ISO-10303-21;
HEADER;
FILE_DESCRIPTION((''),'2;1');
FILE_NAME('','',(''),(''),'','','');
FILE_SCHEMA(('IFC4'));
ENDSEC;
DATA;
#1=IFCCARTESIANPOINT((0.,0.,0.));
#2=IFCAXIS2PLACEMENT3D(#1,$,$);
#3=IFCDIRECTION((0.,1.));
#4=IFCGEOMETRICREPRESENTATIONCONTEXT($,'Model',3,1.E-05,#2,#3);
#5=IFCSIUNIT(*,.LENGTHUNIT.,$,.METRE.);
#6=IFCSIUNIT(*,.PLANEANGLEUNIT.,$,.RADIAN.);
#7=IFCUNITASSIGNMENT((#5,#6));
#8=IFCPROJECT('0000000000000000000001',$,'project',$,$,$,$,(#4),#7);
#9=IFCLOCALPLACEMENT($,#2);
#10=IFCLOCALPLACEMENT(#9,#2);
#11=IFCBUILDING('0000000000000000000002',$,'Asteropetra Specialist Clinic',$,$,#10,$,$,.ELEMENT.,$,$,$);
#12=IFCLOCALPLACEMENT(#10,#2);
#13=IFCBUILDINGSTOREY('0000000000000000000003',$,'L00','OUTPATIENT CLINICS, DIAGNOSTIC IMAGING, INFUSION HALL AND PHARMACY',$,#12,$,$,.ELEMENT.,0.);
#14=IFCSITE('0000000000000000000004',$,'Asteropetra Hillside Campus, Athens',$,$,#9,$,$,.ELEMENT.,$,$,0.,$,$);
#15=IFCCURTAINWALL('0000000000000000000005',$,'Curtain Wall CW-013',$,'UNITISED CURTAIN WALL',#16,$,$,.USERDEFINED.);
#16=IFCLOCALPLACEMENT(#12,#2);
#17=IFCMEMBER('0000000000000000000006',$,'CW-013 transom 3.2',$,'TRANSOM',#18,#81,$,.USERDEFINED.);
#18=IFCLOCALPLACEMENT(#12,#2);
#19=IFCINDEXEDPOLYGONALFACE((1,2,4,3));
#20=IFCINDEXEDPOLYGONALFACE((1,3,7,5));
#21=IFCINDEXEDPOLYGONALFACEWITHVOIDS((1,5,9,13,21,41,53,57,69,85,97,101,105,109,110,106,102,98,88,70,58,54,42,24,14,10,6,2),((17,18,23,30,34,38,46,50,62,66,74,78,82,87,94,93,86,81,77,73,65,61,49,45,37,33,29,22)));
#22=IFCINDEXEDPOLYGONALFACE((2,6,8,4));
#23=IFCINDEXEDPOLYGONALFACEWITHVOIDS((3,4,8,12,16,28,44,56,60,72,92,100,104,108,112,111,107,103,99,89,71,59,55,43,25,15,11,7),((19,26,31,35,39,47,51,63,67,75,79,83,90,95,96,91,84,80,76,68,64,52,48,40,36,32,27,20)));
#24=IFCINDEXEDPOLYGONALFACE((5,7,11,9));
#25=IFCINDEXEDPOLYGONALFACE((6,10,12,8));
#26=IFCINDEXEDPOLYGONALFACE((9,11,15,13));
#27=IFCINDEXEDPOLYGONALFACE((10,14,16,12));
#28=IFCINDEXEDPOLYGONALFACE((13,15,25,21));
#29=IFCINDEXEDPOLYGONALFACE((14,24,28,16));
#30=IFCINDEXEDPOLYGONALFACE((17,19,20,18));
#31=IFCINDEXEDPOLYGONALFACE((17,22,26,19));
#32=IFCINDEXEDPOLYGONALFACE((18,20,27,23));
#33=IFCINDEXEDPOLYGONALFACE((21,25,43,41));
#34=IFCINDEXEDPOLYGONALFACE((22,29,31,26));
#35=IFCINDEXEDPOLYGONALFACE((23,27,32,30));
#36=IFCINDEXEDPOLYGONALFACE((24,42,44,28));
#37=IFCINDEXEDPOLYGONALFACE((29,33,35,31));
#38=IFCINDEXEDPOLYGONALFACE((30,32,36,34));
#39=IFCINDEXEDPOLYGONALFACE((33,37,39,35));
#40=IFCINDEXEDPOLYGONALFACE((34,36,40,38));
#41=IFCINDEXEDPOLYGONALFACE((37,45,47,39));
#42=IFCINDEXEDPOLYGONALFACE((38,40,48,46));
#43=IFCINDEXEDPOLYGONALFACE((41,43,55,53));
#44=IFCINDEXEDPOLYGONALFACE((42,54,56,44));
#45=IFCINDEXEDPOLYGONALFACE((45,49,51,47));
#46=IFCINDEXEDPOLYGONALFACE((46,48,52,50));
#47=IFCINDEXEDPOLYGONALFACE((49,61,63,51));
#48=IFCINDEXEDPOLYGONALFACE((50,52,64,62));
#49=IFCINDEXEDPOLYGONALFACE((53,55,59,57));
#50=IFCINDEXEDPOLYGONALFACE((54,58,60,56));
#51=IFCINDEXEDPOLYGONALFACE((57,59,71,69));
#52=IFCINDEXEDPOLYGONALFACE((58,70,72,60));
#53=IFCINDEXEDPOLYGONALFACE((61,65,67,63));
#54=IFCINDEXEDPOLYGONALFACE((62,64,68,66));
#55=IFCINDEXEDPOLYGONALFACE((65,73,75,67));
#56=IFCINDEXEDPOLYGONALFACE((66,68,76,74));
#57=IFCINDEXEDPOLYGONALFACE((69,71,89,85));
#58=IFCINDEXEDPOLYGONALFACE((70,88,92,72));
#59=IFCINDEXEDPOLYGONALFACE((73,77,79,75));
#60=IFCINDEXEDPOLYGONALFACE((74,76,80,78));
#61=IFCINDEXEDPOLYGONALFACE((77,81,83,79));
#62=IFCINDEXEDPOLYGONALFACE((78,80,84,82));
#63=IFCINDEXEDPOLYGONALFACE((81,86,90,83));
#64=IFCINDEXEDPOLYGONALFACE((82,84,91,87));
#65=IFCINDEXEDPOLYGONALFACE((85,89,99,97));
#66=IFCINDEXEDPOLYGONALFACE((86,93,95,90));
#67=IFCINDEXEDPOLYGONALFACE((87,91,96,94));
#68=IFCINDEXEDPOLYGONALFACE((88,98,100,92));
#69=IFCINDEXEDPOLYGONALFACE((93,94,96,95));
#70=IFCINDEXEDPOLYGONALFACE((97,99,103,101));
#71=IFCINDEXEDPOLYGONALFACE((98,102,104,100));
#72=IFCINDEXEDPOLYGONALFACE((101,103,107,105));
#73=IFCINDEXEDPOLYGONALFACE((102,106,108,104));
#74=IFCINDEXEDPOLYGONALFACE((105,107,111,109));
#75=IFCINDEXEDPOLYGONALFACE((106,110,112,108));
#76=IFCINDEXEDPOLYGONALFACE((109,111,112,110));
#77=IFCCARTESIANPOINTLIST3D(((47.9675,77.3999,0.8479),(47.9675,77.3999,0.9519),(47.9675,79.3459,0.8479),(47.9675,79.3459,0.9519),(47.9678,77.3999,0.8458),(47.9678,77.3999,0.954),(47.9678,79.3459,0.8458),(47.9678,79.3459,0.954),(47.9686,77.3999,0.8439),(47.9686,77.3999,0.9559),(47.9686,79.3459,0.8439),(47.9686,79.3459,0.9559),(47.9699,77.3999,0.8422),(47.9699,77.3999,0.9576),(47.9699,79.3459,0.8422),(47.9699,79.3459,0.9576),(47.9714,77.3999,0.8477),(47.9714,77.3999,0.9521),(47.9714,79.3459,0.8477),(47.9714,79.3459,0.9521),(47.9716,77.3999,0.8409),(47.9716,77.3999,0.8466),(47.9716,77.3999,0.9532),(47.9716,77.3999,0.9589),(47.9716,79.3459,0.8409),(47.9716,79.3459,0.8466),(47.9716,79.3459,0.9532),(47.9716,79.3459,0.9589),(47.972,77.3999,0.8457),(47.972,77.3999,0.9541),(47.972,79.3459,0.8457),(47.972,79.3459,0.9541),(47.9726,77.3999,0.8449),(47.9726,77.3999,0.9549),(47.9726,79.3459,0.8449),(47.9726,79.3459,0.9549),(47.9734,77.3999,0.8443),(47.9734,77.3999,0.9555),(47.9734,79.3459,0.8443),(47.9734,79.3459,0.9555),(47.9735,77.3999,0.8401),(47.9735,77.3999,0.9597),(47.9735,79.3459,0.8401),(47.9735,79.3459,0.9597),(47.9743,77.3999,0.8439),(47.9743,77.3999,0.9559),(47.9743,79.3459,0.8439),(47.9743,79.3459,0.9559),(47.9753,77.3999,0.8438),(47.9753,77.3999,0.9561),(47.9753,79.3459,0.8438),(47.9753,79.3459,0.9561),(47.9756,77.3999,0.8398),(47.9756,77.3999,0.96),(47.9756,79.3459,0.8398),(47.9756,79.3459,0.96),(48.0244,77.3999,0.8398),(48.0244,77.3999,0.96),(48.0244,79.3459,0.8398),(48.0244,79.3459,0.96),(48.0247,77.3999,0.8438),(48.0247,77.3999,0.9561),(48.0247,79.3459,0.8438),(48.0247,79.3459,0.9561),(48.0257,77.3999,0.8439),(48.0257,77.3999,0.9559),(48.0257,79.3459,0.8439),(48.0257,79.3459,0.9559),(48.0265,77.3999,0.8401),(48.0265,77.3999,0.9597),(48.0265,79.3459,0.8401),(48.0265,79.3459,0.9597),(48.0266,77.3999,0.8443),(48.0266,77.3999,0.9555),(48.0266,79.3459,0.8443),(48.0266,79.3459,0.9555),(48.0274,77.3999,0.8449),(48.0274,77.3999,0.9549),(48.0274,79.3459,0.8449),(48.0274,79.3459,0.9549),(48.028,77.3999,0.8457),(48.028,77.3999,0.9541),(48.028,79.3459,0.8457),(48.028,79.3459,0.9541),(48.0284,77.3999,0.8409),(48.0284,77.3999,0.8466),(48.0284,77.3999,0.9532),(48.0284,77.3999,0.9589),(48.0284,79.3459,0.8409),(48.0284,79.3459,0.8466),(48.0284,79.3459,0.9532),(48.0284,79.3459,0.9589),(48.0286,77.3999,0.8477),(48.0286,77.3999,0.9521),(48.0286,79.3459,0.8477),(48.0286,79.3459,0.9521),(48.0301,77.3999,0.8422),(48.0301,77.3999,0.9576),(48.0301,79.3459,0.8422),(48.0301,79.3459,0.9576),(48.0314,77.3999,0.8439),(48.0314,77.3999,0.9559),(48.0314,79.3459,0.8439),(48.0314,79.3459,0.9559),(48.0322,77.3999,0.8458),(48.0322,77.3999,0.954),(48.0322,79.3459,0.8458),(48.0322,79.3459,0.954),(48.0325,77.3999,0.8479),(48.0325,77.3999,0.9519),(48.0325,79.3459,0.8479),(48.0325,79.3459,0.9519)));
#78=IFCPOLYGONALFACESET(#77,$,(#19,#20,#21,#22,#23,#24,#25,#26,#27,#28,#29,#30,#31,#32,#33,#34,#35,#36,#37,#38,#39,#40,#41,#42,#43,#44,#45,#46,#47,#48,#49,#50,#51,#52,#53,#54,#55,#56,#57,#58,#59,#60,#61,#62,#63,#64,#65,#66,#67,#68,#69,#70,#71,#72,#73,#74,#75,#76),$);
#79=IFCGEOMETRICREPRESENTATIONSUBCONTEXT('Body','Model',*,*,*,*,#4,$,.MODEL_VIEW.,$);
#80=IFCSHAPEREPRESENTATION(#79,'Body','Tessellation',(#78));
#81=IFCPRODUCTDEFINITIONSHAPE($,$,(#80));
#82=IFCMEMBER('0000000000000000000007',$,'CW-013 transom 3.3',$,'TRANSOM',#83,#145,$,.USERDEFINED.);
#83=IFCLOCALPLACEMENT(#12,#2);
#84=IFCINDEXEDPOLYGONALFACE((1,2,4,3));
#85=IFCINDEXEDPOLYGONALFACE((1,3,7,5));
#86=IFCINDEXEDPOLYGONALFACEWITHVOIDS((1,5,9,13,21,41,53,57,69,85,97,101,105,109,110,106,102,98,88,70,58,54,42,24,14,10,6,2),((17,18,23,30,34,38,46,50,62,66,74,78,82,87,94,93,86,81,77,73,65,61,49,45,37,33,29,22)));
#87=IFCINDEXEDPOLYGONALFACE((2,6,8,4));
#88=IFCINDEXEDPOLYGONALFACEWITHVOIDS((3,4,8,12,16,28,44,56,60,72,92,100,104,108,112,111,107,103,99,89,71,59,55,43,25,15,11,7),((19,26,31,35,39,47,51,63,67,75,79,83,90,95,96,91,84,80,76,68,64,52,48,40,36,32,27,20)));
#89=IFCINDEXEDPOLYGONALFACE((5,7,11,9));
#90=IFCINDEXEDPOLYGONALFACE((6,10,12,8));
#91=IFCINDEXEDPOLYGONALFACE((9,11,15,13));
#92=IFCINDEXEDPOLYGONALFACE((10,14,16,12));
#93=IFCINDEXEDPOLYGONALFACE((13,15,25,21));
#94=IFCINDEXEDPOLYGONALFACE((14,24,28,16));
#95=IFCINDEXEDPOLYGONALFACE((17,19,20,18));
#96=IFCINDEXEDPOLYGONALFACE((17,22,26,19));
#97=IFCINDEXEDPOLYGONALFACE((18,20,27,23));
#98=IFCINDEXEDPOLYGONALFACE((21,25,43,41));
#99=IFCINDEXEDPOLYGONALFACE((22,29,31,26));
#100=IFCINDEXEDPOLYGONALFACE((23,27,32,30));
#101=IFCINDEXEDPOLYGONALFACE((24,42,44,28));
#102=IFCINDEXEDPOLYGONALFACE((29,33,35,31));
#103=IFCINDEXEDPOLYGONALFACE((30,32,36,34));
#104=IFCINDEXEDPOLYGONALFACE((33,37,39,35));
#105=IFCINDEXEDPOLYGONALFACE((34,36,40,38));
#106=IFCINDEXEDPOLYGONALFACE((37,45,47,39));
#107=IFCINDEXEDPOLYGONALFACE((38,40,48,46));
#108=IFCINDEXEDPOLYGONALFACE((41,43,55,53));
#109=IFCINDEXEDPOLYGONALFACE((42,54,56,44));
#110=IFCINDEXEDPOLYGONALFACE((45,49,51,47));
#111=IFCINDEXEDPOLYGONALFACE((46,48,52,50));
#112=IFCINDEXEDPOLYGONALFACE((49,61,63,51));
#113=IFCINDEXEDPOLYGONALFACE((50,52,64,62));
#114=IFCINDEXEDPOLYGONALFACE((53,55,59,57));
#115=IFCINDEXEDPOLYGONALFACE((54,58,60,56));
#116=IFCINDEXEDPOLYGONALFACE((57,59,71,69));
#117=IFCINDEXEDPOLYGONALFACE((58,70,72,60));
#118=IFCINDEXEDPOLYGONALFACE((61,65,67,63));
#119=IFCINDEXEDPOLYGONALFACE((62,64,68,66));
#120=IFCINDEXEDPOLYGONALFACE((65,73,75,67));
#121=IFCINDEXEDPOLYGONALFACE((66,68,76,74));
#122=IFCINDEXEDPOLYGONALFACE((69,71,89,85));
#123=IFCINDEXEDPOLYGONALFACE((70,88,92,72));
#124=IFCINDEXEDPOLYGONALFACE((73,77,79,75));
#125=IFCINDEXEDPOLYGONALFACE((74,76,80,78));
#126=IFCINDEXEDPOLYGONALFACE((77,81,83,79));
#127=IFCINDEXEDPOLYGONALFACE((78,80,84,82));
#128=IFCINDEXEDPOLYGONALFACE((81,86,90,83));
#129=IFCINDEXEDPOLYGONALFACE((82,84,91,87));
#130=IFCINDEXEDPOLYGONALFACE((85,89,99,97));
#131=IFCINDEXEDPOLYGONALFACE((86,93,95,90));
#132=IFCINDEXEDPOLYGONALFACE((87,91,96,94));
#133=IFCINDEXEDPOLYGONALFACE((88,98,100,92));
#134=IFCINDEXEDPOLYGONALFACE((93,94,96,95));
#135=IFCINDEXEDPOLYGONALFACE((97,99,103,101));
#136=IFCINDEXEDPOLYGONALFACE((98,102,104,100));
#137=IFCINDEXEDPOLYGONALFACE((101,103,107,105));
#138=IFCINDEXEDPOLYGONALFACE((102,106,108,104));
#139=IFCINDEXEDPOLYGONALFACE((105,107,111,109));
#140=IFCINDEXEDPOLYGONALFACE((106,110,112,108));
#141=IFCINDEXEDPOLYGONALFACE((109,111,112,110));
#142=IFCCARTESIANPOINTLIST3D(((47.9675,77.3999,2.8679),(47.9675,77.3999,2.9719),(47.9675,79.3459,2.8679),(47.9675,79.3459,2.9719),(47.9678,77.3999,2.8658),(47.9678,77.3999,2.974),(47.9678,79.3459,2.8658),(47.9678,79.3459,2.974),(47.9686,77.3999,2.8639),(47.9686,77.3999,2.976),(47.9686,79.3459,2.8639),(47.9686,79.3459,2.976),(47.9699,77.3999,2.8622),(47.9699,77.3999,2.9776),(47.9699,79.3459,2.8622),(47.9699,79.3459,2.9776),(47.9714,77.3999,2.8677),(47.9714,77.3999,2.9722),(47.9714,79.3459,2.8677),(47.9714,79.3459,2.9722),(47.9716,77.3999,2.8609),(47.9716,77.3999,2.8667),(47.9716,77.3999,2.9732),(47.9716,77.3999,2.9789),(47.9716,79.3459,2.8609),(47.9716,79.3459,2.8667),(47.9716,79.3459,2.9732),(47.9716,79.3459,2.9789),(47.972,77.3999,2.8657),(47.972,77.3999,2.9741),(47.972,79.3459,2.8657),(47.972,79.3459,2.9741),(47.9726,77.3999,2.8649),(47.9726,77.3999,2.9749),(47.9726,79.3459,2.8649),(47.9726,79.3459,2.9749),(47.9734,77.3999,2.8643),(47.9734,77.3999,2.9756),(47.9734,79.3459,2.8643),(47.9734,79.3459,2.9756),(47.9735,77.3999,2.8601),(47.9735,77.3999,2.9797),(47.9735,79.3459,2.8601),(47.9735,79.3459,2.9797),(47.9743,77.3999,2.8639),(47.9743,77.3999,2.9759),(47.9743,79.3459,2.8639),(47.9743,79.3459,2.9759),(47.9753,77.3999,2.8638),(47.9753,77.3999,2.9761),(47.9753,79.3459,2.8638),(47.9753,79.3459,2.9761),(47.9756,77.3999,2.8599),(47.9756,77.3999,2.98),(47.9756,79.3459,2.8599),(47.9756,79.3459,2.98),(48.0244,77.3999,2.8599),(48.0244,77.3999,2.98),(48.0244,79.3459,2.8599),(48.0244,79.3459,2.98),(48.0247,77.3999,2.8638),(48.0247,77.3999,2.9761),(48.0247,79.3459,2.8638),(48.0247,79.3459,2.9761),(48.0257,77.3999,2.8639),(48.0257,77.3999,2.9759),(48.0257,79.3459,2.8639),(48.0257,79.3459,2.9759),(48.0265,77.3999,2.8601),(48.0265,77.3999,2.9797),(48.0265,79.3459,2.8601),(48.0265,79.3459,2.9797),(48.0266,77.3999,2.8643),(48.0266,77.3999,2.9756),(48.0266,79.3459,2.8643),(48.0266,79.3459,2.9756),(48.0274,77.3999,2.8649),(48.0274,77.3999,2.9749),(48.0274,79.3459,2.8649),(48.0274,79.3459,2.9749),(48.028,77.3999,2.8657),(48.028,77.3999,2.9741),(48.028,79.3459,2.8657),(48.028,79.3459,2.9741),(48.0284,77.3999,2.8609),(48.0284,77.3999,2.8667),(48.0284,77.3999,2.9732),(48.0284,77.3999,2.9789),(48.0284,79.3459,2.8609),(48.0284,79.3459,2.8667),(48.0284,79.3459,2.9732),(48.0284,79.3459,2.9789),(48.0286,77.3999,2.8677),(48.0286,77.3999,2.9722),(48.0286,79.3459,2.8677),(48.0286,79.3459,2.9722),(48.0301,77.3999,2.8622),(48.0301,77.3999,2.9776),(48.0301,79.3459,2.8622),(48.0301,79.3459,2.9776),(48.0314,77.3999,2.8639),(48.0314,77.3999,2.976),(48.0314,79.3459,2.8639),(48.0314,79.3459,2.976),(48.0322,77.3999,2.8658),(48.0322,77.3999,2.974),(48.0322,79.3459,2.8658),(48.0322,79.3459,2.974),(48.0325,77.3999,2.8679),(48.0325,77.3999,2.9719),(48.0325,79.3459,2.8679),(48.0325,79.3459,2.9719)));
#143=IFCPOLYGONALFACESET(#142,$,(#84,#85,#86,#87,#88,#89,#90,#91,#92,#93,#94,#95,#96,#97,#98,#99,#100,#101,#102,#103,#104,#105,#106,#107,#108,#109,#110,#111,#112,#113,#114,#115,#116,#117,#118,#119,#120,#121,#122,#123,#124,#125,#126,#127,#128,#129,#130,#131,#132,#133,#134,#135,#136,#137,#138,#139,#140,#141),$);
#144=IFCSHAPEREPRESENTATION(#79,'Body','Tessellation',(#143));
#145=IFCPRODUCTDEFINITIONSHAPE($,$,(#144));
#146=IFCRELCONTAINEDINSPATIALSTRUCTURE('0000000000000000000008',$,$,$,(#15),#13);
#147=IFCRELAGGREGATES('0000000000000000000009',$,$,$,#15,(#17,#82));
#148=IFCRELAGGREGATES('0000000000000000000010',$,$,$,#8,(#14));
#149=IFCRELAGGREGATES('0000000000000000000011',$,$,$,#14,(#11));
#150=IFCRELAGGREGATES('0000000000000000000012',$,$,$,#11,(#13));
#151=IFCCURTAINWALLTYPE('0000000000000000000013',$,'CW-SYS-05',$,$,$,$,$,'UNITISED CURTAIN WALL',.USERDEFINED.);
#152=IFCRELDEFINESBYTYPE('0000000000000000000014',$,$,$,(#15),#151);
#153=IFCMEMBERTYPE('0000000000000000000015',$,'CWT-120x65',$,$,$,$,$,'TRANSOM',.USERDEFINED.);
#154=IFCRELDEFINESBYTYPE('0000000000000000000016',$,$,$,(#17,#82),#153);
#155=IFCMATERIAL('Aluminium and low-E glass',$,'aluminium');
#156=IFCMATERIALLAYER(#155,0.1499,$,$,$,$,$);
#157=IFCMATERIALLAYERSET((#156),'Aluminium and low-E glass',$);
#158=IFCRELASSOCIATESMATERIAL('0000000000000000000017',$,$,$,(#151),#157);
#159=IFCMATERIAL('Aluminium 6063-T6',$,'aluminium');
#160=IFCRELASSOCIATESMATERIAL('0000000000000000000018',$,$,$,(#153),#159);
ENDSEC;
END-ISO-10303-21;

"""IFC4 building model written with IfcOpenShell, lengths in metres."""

from ifc_helpers import new_model, si_unit, direction, frame, origin, origin_2d, place, context, subcontext, project, spatial, hollow_rectangle, extrude, material, layer, layer_set, material_profile, profile_set, type_object, element, aggregate, save


model = new_model("IFC4")

# Units and contexts
model_context = context("Model", 3, precision=1e-05, world=origin(), true_north=direction((0.0, 1.0)))
body_context = subcontext(model_context, "Body", "Model", "MODEL_VIEW")
ifc_project = project(units=[si_unit("LENGTHUNIT", "METRE"), si_unit("PLANEANGLEUNIT", "RADIAN")], contexts=[model_context])

# Site, building, storey
site_placement = place(None, origin())
site = spatial("IfcSite", under=ifc_project, at=site_placement, Name="Asteropetra Hillside Campus, Athens", CompositionType="ELEMENT", RefElevation=0.0)
building_placement = place(site_placement, origin())
building = spatial("IfcBuilding", under=site, at=building_placement, Name="Asteropetra Specialist Clinic", CompositionType="ELEMENT")
storey_placement = place(building_placement, origin())
storey = spatial("IfcBuildingStorey", under=building, at=storey_placement, Name="L00", Description="OUTPATIENT CLINICS, DIAGNOSTIC IMAGING, INFUSION HALL AND PHARMACY", CompositionType="ELEMENT", Elevation=0.0)

# Curtain wall, members
ifc_material_1 = material(Name="Aluminium and low-E glass", Category="aluminium")
ifc_layer_1 = layer(ifc_material_1, 0.1499)
ifc_layer_set_1 = layer_set([ifc_layer_1], Name="Aluminium and low-E glass")
curtain_wall_type = type_object("IfcCurtainWallType", Name="CW-SYS-05", ElementType="UNITISED CURTAIN WALL", PredefinedType="USERDEFINED", material=ifc_layer_set_1)
curtain_wall_placement = place(storey_placement, origin())
curtain_wall = element("IfcCurtainWall", 1, at=curtain_wall_placement, inside=storey, type_object=curtain_wall_type, Name="Curtain Wall CW-013", ObjectType="UNITISED CURTAIN WALL", PredefinedType="USERDEFINED")
ifc_material_2 = material(Name="Aluminium 6063-T6", Category="aluminium")
ifc_material_profile_1 = material_profile(ifc_material_2, hollow_rectangle(XDim=0.0649, YDim=0.1201, WallThickness=0.0039, InnerFilletRadius=0.0039, OuterFilletRadius=0.0081, at=origin_2d()), Name="TRN 120x65x4.0")
ifc_profile_set_1 = profile_set([ifc_material_profile_1], Name="Aluminium 6063-T6")
member_type_1 = type_object("IfcMemberType", Name="CWT-120x65", ElementType="TRANSOM", PredefinedType="USERDEFINED", material=ifc_profile_set_1)
member_1_placement = place(storey_placement, frame((48.0, 79.3459, 0.8999), z_axis=(0.0, -1.0, 0.0), x_axis=(1.0, 0.0, 0.0)))
member_1 = element("IfcMember", 2, at=member_1_placement, type_object=member_type_1, Name="CW-013 transom 3.2", ObjectType="TRANSOM", PredefinedType="USERDEFINED", context=body_context, shape_type="SweptSolid", body=[
    extrude(hollow_rectangle(XDim=0.0649, YDim=0.1201, WallThickness=0.0039, InnerFilletRadius=0.0039, OuterFilletRadius=0.0081, at=origin_2d()), origin(), (0.0, 0.0, 1.0), 1.946),
])
member_2_placement = place(storey_placement, frame((48.0, 79.3459, 2.9199), z_axis=(0.0, -1.0, 0.0), x_axis=(1.0, 0.0, 0.0)))
member_2 = element("IfcMember", 3, at=member_2_placement, type_object=member_type_1, Name="CW-013 transom 3.3", ObjectType="TRANSOM", PredefinedType="USERDEFINED", context=body_context, shape_type="SweptSolid", body=[
    extrude(hollow_rectangle(XDim=0.0649, YDim=0.1201, WallThickness=0.0039, InnerFilletRadius=0.0039, OuterFilletRadius=0.0081, at=origin_2d()), origin(), (0.0, 0.0, 1.0), 1.946),
])
aggregate(curtain_wall, [member_1, member_2])

save(model, "model.ifc")
